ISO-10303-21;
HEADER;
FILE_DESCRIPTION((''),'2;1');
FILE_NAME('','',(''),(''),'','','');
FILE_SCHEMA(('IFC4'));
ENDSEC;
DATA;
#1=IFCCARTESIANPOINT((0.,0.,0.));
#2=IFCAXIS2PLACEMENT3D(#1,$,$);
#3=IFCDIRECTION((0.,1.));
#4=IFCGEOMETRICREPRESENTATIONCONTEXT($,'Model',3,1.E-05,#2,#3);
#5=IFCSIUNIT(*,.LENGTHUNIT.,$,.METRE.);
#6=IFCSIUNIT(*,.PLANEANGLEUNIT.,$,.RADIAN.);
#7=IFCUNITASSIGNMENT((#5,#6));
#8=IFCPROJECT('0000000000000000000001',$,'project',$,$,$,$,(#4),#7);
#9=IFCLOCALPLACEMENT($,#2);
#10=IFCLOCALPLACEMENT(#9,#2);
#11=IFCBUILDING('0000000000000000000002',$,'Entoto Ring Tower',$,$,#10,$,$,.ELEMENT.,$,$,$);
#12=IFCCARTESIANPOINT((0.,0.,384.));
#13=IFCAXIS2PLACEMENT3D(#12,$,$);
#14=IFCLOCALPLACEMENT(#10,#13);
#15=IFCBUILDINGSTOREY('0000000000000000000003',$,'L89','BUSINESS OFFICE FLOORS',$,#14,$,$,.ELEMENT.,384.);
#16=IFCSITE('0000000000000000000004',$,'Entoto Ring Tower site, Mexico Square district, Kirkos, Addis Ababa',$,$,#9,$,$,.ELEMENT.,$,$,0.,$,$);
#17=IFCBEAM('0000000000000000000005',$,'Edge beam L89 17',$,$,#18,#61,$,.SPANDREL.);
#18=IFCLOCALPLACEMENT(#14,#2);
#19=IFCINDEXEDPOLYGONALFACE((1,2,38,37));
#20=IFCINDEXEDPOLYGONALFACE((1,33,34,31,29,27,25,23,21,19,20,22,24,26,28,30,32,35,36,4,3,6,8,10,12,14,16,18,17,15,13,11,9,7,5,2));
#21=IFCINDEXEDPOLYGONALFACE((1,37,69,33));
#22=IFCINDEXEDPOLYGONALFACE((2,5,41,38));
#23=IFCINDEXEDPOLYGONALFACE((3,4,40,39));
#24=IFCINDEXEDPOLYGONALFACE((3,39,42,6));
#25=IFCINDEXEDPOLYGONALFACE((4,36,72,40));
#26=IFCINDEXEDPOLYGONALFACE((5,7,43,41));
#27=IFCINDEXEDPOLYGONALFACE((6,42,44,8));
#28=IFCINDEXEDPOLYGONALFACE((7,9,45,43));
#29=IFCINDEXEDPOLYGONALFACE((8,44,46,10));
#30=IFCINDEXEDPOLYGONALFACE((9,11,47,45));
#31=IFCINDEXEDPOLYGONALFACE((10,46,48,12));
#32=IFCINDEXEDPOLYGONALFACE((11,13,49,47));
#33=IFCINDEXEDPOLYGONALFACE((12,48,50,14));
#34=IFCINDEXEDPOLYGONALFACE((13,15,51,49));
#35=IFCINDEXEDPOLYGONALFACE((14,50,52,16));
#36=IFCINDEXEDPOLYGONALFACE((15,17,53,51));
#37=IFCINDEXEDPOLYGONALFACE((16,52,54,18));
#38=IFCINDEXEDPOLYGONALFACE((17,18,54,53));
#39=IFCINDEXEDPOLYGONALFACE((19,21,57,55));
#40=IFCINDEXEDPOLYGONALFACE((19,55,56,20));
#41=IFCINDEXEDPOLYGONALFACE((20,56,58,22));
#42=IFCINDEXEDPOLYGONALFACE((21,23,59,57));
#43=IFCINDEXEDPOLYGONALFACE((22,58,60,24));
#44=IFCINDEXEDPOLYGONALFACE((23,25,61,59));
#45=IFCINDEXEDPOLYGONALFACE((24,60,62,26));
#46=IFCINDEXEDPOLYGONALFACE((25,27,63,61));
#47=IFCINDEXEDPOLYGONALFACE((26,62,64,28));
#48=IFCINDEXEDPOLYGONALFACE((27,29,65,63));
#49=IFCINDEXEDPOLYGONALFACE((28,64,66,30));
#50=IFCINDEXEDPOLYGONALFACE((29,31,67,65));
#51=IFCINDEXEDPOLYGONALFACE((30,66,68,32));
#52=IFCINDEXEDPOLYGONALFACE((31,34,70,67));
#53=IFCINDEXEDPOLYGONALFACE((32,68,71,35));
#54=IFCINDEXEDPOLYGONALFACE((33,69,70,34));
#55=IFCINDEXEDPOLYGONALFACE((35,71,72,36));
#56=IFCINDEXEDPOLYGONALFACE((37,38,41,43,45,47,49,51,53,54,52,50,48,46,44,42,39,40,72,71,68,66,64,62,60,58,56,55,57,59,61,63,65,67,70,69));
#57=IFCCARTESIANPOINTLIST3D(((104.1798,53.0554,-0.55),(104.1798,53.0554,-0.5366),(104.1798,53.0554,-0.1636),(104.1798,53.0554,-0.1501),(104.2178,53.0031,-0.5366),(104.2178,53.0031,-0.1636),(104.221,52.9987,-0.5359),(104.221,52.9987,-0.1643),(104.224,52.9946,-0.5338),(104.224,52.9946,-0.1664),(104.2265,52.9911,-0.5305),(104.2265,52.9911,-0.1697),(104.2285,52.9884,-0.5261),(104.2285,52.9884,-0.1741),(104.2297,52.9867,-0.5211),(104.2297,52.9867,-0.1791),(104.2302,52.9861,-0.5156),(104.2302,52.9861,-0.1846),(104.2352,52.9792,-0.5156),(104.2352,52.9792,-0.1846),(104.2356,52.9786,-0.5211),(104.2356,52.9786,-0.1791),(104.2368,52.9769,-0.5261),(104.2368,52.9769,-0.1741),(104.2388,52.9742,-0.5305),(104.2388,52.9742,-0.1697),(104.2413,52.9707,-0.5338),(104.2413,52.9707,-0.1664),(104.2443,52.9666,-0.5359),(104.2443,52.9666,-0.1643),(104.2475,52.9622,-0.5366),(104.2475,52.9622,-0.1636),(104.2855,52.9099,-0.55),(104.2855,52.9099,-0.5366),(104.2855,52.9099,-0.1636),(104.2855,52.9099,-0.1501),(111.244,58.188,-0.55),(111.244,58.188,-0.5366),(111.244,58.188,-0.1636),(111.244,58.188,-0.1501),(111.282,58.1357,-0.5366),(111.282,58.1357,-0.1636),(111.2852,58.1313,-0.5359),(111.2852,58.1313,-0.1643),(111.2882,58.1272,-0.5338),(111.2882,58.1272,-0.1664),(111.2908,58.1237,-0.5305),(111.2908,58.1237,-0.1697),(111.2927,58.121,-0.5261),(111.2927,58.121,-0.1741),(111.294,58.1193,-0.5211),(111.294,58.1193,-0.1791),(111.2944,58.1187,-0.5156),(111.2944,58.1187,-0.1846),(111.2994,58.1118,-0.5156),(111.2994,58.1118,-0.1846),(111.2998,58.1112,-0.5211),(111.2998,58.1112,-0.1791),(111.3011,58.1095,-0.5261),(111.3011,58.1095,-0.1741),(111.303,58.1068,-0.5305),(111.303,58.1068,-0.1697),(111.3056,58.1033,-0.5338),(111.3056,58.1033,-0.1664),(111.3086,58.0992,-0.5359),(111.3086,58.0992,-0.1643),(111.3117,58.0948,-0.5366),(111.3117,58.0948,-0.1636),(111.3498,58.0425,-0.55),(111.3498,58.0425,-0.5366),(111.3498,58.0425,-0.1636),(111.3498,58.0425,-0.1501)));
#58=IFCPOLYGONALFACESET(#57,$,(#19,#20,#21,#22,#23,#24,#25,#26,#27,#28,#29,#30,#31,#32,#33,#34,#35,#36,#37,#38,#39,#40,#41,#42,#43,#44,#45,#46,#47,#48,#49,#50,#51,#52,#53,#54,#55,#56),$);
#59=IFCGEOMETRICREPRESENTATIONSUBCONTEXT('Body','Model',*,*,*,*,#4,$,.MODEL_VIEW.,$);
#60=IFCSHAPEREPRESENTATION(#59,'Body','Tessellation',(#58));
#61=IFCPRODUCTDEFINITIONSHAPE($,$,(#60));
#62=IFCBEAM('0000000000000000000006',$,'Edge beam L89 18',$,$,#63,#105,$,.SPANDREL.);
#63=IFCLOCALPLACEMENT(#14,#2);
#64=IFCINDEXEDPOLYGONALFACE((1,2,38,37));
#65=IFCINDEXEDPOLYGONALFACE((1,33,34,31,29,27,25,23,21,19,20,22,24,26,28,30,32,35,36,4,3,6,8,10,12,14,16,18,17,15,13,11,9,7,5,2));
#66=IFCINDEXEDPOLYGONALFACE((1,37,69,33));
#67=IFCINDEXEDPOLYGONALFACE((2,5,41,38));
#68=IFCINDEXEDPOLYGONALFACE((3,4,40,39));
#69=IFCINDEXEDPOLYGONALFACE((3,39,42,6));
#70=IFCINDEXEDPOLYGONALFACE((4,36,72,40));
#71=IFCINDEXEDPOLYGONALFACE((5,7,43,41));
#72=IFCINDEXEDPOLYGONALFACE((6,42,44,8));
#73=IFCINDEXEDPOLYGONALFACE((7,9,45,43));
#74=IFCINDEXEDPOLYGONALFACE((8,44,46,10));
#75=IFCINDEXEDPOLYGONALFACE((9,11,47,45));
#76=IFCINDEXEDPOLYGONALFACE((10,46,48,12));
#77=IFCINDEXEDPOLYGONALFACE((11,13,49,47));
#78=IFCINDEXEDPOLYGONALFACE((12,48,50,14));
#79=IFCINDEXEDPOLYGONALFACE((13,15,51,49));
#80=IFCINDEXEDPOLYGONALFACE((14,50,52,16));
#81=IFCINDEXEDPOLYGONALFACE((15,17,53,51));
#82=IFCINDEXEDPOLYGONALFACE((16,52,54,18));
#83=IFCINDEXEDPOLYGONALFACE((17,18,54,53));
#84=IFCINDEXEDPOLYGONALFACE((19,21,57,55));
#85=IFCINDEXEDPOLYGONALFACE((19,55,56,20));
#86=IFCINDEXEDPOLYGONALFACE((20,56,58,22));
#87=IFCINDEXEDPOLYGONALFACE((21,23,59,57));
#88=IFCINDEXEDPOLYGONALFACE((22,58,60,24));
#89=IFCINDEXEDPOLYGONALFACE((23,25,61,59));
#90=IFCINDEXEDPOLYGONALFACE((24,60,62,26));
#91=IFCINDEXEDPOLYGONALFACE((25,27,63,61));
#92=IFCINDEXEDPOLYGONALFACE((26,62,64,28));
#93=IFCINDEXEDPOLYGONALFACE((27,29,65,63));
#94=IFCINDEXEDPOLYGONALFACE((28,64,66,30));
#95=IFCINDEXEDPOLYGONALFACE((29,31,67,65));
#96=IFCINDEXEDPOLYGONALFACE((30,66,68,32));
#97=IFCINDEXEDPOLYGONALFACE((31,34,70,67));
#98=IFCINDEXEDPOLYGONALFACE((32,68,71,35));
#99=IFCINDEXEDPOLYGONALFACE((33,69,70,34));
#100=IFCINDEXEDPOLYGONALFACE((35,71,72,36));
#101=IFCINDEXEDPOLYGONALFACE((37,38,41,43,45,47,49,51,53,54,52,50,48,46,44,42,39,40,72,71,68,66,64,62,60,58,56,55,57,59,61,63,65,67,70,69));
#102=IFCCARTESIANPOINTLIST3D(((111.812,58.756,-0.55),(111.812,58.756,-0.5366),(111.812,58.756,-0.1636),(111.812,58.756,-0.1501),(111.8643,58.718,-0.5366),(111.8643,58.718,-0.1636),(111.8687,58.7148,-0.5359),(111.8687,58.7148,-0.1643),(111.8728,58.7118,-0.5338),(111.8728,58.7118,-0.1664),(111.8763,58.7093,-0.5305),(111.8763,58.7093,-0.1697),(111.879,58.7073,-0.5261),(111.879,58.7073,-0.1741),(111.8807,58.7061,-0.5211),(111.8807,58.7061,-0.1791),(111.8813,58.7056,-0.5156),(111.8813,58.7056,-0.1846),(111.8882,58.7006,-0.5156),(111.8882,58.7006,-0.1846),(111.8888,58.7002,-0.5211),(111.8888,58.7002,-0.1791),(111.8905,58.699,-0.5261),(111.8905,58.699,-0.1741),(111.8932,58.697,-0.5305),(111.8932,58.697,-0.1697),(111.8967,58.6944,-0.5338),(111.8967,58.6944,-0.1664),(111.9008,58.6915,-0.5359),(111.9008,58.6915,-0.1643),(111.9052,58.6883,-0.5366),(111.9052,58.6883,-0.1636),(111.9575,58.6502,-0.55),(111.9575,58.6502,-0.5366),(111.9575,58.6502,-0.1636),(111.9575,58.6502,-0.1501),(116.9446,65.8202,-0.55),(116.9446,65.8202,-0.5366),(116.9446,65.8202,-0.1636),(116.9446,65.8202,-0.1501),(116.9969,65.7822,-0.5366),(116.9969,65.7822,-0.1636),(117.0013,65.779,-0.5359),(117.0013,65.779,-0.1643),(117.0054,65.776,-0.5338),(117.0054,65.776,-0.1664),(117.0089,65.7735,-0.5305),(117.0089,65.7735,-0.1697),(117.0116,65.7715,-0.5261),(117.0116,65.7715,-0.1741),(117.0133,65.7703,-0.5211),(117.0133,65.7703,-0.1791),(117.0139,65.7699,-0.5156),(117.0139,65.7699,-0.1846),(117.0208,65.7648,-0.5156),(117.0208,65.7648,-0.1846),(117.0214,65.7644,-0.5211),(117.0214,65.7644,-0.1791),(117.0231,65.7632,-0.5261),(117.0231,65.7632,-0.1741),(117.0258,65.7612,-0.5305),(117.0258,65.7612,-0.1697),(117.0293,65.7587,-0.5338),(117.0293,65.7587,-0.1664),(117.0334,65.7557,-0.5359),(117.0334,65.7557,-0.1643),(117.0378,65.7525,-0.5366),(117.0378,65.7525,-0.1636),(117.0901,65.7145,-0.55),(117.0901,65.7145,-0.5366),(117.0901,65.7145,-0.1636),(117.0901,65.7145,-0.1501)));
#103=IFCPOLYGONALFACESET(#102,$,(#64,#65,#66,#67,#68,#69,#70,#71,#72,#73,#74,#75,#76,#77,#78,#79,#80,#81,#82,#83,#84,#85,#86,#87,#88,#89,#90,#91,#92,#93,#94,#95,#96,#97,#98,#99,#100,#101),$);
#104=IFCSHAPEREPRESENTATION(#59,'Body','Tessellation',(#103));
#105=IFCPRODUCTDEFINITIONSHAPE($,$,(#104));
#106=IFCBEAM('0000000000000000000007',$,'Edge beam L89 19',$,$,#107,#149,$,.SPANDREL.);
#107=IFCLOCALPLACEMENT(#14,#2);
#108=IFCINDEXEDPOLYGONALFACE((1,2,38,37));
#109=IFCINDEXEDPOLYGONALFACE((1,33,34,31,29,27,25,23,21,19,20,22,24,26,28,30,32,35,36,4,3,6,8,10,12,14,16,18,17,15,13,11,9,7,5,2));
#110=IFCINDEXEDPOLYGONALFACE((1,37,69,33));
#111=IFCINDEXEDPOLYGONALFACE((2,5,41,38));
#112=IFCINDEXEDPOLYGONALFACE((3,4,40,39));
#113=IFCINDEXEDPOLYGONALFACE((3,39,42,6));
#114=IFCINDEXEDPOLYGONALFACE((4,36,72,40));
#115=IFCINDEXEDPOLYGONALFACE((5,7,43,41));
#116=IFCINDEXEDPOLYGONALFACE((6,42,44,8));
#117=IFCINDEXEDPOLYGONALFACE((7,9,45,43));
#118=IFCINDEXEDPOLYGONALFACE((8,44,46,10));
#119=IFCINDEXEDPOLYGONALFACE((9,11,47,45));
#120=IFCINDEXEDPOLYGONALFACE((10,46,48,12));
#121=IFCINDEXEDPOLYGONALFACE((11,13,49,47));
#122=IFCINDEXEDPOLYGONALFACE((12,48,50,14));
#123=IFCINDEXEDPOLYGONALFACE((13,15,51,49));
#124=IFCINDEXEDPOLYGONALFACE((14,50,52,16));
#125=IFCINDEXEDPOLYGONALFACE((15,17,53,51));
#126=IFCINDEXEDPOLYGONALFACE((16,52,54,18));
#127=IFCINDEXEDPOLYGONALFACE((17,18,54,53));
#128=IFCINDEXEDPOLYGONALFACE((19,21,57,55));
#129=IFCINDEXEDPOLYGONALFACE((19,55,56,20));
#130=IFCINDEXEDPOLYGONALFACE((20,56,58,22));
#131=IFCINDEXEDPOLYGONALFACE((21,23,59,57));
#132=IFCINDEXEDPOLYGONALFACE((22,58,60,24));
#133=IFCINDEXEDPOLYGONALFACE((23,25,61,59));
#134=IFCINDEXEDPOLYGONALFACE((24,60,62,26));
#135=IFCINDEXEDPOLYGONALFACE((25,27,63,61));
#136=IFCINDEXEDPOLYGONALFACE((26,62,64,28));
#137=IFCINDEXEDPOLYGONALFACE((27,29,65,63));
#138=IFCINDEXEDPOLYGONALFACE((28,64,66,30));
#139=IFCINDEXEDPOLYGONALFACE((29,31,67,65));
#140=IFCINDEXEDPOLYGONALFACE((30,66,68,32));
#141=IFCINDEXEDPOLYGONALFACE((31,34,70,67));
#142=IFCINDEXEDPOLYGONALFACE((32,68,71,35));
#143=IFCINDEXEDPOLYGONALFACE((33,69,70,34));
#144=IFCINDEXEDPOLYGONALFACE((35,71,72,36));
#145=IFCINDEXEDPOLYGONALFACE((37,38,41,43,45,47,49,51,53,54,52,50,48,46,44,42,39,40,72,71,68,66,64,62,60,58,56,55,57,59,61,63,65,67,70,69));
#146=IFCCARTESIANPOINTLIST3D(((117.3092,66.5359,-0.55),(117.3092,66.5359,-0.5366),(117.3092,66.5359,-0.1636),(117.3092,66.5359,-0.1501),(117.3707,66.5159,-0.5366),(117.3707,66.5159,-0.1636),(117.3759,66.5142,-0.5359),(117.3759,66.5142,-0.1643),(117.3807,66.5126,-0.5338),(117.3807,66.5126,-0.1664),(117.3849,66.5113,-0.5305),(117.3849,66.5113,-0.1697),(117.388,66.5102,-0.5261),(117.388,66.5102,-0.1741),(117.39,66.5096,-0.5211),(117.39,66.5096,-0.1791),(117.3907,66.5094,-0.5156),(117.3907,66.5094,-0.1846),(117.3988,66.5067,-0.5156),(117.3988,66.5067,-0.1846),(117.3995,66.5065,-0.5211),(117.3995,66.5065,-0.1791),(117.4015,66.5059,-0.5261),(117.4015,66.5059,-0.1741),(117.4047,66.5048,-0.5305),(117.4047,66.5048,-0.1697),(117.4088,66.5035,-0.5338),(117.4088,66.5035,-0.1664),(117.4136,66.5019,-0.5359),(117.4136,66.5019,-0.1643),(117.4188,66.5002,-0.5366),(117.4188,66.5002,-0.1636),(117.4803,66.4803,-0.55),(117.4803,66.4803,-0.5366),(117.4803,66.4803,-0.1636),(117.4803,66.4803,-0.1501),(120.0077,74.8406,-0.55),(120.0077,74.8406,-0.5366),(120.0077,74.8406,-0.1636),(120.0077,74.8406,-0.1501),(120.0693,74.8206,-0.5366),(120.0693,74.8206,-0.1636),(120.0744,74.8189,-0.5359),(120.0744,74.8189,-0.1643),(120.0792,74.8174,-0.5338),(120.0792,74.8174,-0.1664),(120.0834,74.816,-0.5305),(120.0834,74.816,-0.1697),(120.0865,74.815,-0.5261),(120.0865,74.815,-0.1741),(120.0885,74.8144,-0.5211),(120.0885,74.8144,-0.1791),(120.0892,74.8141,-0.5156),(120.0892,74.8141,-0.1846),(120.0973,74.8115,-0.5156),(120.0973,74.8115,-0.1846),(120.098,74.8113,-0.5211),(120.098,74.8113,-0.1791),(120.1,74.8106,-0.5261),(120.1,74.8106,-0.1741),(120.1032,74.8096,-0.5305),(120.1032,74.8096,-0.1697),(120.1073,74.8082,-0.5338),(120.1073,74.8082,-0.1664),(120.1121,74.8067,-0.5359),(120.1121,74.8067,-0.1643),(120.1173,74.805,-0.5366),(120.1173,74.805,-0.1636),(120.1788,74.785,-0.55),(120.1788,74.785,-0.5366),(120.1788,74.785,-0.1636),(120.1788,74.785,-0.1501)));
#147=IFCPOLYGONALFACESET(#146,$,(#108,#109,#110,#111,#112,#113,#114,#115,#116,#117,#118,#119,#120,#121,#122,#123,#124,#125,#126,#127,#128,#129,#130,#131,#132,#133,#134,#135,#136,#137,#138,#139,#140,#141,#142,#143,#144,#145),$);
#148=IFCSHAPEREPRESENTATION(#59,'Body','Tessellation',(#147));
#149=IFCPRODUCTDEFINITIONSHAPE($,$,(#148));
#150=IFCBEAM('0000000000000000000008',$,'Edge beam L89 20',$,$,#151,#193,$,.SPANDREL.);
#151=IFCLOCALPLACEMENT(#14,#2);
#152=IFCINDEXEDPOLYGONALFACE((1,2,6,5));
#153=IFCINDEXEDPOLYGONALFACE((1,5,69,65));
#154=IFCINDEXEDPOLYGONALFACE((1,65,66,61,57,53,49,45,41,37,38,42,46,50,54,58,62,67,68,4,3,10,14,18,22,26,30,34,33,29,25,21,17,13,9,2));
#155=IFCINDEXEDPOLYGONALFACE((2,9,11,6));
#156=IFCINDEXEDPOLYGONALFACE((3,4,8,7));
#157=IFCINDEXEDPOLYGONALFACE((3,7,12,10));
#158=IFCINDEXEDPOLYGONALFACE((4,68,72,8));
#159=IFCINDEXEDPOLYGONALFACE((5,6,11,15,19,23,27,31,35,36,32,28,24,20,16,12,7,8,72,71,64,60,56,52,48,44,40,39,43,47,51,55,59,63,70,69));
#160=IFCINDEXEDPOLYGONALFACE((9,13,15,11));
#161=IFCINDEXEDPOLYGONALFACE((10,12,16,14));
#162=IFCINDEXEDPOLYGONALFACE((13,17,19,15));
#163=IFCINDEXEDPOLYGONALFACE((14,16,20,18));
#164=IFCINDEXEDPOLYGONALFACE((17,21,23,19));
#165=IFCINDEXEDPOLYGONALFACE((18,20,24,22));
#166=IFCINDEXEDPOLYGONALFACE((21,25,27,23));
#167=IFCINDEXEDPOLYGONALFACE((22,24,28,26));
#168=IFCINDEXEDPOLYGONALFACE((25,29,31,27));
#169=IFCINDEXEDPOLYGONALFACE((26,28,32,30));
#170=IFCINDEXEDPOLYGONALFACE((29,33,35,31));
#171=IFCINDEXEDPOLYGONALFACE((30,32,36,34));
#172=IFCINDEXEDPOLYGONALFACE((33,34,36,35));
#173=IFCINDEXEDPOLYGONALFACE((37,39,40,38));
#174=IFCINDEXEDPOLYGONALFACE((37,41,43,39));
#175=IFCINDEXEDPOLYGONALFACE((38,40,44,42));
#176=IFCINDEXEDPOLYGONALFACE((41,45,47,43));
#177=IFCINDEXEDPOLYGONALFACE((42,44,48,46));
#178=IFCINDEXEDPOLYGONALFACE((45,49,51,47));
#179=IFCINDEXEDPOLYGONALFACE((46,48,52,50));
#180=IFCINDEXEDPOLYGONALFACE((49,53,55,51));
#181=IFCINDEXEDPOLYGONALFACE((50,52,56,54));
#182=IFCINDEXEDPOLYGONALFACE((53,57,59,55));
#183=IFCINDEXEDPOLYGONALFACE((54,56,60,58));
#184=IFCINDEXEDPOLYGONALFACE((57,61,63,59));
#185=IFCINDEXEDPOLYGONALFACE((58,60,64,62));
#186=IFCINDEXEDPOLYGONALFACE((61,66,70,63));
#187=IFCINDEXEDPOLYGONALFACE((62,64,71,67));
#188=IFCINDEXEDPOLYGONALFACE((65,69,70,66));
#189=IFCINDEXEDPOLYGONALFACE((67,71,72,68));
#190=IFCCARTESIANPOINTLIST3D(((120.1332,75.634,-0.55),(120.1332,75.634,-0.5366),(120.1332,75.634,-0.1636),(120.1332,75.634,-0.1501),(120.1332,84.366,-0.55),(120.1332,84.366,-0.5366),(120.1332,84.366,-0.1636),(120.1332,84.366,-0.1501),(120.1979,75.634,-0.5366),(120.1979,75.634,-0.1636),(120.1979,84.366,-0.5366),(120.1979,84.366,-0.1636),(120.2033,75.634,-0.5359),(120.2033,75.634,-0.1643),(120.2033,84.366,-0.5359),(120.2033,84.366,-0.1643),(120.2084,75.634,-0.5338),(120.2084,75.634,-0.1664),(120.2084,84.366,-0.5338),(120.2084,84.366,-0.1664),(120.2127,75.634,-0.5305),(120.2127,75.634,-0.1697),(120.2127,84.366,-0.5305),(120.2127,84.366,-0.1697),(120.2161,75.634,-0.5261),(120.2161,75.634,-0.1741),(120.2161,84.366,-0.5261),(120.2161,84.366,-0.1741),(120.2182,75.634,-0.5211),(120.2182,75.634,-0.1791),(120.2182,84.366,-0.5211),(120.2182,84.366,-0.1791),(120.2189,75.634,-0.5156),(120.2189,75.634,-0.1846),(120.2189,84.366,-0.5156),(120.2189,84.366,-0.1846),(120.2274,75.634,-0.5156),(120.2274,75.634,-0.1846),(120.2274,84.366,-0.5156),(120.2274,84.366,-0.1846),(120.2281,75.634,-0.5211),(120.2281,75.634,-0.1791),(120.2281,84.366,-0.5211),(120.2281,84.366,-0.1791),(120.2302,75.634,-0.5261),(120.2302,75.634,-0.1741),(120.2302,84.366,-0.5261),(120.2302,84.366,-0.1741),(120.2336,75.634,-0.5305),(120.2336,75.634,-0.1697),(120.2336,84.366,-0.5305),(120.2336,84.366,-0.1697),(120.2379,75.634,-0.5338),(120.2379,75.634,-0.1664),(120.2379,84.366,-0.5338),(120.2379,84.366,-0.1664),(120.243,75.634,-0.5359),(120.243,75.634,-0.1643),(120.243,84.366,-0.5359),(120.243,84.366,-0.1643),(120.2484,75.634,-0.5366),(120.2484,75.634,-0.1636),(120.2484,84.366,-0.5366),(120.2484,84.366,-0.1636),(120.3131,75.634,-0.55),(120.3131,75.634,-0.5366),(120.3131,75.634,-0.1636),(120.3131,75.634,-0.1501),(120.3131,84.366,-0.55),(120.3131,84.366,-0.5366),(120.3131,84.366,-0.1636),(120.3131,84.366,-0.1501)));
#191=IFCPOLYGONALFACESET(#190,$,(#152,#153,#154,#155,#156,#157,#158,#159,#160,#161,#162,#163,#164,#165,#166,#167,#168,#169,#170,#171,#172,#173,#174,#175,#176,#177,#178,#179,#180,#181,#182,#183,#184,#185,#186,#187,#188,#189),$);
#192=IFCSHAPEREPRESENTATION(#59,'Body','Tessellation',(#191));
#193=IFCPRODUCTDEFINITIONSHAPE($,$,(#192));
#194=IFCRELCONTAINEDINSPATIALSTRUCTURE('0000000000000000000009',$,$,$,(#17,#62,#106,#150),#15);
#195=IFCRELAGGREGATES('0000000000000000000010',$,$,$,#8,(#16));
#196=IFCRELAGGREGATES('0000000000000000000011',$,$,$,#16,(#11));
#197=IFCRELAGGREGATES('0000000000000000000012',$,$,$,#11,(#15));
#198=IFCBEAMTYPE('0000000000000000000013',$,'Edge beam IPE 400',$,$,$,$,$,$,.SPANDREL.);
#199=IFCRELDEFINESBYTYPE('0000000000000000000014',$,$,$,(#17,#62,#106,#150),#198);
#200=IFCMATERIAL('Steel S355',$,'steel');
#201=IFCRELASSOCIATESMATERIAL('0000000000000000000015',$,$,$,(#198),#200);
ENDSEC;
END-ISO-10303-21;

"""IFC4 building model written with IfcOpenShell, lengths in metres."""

from ifc_helpers import new_model, si_unit, direction, frame, origin, origin_2d, place, context, subcontext, project, spatial, i_section, extrude, material, material_profile, profile_set, type_object, element, save


model = new_model("IFC4")

# Units and contexts
model_context = context("Model", 3, precision=1e-05, world=origin(), true_north=direction((0.0, 1.0)))
body_context = subcontext(model_context, "Body", "Model", "MODEL_VIEW")
ifc_project = project(units=[si_unit("LENGTHUNIT", "METRE"), si_unit("PLANEANGLEUNIT", "RADIAN")], contexts=[model_context])

# Site, building, storey
site_placement = place(None, origin())
site = spatial("IfcSite", under=ifc_project, at=site_placement, Name="Entoto Ring Tower site, Mexico Square district, Kirkos, Addis Ababa", CompositionType="ELEMENT", RefElevation=0.0)
building_placement = place(site_placement, origin())
building = spatial("IfcBuilding", under=site, at=building_placement, Name="Entoto Ring Tower", CompositionType="ELEMENT")
storey_placement = place(building_placement, frame((0.0, 0.0, 384.0)))
storey = spatial("IfcBuildingStorey", under=building, at=storey_placement, Name="L89", Description="BUSINESS OFFICE FLOORS", CompositionType="ELEMENT", Elevation=384.0)

# Beams
ifc_material_1 = material(Name="Steel S355", Category="steel")
ifc_material_profile_1 = material_profile(ifc_material_1, i_section(OverallWidth=0.1799, OverallDepth=0.3999, WebThickness=0.0085, FlangeThickness=0.0134, FilletRadius=0.021, at=origin_2d()), Name="IPE 400")
ifc_profile_set_1 = profile_set([ifc_material_profile_1], Name="Steel S355")
beam_type_1 = type_object("IfcBeamType", Name="Edge beam IPE 400", PredefinedType="SPANDREL", material=ifc_profile_set_1)
for number, where, z_axis, x_axis, name in (
    (1, (104.2327, 52.9827, -0.3501), (0.80901, 0.587794, 0.0), (-0.587794, 0.80901, 0.0), "Edge beam L89 17"),
    (2, (111.8848, 58.7031, -0.3501), (0.587794, 0.80901, 0.0), (-0.80901, 0.587794, 0.0), "Edge beam L89 18"),
):
    element("IfcBeam", number, at=place(storey_placement, frame(where, z_axis=z_axis, x_axis=x_axis)), inside=storey, type_object=beam_type_1, Name=name, PredefinedType="SPANDREL", context=body_context, shape_type="SweptSolid", body=[
        extrude(i_section(OverallWidth=0.1799, OverallDepth=0.3999, WebThickness=0.0085, FlangeThickness=0.0134, FilletRadius=0.021, at=origin_2d()), origin(), (0.0, 0.0, 1.0), 8.7319),
    ])
beam_1_placement = place(storey_placement, frame((117.3948, 66.5081, -0.3501), z_axis=(0.30903, 0.951052, 0.0), x_axis=(-0.951052, 0.30903, 0.0)))
element("IfcBeam", 3, at=beam_1_placement, inside=storey, type_object=beam_type_1, Name="Edge beam L89 19", PredefinedType="SPANDREL", context=body_context, shape_type="SweptSolid", body=[
    extrude(i_section(OverallWidth=0.1799, OverallDepth=0.3999, WebThickness=0.0085, FlangeThickness=0.0134, FilletRadius=0.021, at=origin_2d()), origin(), (0.0, 0.0, 1.0), 8.7322),
])
beam_2_placement = place(storey_placement, frame((120.2231, 75.634, -0.3501), z_axis=(0.0, 1.0, 0.0), x_axis=(-1.0, 0.0, 0.0)))
element("IfcBeam", 4, at=beam_2_placement, inside=storey, type_object=beam_type_1, Name="Edge beam L89 20", PredefinedType="SPANDREL", context=body_context, shape_type="SweptSolid", body=[
    extrude(i_section(OverallWidth=0.1799, OverallDepth=0.3999, WebThickness=0.0085, FlangeThickness=0.0134, FilletRadius=0.021, at=origin_2d()), origin(), (0.0, 0.0, 1.0), 8.7319),
])

save(model, "model.ifc")
